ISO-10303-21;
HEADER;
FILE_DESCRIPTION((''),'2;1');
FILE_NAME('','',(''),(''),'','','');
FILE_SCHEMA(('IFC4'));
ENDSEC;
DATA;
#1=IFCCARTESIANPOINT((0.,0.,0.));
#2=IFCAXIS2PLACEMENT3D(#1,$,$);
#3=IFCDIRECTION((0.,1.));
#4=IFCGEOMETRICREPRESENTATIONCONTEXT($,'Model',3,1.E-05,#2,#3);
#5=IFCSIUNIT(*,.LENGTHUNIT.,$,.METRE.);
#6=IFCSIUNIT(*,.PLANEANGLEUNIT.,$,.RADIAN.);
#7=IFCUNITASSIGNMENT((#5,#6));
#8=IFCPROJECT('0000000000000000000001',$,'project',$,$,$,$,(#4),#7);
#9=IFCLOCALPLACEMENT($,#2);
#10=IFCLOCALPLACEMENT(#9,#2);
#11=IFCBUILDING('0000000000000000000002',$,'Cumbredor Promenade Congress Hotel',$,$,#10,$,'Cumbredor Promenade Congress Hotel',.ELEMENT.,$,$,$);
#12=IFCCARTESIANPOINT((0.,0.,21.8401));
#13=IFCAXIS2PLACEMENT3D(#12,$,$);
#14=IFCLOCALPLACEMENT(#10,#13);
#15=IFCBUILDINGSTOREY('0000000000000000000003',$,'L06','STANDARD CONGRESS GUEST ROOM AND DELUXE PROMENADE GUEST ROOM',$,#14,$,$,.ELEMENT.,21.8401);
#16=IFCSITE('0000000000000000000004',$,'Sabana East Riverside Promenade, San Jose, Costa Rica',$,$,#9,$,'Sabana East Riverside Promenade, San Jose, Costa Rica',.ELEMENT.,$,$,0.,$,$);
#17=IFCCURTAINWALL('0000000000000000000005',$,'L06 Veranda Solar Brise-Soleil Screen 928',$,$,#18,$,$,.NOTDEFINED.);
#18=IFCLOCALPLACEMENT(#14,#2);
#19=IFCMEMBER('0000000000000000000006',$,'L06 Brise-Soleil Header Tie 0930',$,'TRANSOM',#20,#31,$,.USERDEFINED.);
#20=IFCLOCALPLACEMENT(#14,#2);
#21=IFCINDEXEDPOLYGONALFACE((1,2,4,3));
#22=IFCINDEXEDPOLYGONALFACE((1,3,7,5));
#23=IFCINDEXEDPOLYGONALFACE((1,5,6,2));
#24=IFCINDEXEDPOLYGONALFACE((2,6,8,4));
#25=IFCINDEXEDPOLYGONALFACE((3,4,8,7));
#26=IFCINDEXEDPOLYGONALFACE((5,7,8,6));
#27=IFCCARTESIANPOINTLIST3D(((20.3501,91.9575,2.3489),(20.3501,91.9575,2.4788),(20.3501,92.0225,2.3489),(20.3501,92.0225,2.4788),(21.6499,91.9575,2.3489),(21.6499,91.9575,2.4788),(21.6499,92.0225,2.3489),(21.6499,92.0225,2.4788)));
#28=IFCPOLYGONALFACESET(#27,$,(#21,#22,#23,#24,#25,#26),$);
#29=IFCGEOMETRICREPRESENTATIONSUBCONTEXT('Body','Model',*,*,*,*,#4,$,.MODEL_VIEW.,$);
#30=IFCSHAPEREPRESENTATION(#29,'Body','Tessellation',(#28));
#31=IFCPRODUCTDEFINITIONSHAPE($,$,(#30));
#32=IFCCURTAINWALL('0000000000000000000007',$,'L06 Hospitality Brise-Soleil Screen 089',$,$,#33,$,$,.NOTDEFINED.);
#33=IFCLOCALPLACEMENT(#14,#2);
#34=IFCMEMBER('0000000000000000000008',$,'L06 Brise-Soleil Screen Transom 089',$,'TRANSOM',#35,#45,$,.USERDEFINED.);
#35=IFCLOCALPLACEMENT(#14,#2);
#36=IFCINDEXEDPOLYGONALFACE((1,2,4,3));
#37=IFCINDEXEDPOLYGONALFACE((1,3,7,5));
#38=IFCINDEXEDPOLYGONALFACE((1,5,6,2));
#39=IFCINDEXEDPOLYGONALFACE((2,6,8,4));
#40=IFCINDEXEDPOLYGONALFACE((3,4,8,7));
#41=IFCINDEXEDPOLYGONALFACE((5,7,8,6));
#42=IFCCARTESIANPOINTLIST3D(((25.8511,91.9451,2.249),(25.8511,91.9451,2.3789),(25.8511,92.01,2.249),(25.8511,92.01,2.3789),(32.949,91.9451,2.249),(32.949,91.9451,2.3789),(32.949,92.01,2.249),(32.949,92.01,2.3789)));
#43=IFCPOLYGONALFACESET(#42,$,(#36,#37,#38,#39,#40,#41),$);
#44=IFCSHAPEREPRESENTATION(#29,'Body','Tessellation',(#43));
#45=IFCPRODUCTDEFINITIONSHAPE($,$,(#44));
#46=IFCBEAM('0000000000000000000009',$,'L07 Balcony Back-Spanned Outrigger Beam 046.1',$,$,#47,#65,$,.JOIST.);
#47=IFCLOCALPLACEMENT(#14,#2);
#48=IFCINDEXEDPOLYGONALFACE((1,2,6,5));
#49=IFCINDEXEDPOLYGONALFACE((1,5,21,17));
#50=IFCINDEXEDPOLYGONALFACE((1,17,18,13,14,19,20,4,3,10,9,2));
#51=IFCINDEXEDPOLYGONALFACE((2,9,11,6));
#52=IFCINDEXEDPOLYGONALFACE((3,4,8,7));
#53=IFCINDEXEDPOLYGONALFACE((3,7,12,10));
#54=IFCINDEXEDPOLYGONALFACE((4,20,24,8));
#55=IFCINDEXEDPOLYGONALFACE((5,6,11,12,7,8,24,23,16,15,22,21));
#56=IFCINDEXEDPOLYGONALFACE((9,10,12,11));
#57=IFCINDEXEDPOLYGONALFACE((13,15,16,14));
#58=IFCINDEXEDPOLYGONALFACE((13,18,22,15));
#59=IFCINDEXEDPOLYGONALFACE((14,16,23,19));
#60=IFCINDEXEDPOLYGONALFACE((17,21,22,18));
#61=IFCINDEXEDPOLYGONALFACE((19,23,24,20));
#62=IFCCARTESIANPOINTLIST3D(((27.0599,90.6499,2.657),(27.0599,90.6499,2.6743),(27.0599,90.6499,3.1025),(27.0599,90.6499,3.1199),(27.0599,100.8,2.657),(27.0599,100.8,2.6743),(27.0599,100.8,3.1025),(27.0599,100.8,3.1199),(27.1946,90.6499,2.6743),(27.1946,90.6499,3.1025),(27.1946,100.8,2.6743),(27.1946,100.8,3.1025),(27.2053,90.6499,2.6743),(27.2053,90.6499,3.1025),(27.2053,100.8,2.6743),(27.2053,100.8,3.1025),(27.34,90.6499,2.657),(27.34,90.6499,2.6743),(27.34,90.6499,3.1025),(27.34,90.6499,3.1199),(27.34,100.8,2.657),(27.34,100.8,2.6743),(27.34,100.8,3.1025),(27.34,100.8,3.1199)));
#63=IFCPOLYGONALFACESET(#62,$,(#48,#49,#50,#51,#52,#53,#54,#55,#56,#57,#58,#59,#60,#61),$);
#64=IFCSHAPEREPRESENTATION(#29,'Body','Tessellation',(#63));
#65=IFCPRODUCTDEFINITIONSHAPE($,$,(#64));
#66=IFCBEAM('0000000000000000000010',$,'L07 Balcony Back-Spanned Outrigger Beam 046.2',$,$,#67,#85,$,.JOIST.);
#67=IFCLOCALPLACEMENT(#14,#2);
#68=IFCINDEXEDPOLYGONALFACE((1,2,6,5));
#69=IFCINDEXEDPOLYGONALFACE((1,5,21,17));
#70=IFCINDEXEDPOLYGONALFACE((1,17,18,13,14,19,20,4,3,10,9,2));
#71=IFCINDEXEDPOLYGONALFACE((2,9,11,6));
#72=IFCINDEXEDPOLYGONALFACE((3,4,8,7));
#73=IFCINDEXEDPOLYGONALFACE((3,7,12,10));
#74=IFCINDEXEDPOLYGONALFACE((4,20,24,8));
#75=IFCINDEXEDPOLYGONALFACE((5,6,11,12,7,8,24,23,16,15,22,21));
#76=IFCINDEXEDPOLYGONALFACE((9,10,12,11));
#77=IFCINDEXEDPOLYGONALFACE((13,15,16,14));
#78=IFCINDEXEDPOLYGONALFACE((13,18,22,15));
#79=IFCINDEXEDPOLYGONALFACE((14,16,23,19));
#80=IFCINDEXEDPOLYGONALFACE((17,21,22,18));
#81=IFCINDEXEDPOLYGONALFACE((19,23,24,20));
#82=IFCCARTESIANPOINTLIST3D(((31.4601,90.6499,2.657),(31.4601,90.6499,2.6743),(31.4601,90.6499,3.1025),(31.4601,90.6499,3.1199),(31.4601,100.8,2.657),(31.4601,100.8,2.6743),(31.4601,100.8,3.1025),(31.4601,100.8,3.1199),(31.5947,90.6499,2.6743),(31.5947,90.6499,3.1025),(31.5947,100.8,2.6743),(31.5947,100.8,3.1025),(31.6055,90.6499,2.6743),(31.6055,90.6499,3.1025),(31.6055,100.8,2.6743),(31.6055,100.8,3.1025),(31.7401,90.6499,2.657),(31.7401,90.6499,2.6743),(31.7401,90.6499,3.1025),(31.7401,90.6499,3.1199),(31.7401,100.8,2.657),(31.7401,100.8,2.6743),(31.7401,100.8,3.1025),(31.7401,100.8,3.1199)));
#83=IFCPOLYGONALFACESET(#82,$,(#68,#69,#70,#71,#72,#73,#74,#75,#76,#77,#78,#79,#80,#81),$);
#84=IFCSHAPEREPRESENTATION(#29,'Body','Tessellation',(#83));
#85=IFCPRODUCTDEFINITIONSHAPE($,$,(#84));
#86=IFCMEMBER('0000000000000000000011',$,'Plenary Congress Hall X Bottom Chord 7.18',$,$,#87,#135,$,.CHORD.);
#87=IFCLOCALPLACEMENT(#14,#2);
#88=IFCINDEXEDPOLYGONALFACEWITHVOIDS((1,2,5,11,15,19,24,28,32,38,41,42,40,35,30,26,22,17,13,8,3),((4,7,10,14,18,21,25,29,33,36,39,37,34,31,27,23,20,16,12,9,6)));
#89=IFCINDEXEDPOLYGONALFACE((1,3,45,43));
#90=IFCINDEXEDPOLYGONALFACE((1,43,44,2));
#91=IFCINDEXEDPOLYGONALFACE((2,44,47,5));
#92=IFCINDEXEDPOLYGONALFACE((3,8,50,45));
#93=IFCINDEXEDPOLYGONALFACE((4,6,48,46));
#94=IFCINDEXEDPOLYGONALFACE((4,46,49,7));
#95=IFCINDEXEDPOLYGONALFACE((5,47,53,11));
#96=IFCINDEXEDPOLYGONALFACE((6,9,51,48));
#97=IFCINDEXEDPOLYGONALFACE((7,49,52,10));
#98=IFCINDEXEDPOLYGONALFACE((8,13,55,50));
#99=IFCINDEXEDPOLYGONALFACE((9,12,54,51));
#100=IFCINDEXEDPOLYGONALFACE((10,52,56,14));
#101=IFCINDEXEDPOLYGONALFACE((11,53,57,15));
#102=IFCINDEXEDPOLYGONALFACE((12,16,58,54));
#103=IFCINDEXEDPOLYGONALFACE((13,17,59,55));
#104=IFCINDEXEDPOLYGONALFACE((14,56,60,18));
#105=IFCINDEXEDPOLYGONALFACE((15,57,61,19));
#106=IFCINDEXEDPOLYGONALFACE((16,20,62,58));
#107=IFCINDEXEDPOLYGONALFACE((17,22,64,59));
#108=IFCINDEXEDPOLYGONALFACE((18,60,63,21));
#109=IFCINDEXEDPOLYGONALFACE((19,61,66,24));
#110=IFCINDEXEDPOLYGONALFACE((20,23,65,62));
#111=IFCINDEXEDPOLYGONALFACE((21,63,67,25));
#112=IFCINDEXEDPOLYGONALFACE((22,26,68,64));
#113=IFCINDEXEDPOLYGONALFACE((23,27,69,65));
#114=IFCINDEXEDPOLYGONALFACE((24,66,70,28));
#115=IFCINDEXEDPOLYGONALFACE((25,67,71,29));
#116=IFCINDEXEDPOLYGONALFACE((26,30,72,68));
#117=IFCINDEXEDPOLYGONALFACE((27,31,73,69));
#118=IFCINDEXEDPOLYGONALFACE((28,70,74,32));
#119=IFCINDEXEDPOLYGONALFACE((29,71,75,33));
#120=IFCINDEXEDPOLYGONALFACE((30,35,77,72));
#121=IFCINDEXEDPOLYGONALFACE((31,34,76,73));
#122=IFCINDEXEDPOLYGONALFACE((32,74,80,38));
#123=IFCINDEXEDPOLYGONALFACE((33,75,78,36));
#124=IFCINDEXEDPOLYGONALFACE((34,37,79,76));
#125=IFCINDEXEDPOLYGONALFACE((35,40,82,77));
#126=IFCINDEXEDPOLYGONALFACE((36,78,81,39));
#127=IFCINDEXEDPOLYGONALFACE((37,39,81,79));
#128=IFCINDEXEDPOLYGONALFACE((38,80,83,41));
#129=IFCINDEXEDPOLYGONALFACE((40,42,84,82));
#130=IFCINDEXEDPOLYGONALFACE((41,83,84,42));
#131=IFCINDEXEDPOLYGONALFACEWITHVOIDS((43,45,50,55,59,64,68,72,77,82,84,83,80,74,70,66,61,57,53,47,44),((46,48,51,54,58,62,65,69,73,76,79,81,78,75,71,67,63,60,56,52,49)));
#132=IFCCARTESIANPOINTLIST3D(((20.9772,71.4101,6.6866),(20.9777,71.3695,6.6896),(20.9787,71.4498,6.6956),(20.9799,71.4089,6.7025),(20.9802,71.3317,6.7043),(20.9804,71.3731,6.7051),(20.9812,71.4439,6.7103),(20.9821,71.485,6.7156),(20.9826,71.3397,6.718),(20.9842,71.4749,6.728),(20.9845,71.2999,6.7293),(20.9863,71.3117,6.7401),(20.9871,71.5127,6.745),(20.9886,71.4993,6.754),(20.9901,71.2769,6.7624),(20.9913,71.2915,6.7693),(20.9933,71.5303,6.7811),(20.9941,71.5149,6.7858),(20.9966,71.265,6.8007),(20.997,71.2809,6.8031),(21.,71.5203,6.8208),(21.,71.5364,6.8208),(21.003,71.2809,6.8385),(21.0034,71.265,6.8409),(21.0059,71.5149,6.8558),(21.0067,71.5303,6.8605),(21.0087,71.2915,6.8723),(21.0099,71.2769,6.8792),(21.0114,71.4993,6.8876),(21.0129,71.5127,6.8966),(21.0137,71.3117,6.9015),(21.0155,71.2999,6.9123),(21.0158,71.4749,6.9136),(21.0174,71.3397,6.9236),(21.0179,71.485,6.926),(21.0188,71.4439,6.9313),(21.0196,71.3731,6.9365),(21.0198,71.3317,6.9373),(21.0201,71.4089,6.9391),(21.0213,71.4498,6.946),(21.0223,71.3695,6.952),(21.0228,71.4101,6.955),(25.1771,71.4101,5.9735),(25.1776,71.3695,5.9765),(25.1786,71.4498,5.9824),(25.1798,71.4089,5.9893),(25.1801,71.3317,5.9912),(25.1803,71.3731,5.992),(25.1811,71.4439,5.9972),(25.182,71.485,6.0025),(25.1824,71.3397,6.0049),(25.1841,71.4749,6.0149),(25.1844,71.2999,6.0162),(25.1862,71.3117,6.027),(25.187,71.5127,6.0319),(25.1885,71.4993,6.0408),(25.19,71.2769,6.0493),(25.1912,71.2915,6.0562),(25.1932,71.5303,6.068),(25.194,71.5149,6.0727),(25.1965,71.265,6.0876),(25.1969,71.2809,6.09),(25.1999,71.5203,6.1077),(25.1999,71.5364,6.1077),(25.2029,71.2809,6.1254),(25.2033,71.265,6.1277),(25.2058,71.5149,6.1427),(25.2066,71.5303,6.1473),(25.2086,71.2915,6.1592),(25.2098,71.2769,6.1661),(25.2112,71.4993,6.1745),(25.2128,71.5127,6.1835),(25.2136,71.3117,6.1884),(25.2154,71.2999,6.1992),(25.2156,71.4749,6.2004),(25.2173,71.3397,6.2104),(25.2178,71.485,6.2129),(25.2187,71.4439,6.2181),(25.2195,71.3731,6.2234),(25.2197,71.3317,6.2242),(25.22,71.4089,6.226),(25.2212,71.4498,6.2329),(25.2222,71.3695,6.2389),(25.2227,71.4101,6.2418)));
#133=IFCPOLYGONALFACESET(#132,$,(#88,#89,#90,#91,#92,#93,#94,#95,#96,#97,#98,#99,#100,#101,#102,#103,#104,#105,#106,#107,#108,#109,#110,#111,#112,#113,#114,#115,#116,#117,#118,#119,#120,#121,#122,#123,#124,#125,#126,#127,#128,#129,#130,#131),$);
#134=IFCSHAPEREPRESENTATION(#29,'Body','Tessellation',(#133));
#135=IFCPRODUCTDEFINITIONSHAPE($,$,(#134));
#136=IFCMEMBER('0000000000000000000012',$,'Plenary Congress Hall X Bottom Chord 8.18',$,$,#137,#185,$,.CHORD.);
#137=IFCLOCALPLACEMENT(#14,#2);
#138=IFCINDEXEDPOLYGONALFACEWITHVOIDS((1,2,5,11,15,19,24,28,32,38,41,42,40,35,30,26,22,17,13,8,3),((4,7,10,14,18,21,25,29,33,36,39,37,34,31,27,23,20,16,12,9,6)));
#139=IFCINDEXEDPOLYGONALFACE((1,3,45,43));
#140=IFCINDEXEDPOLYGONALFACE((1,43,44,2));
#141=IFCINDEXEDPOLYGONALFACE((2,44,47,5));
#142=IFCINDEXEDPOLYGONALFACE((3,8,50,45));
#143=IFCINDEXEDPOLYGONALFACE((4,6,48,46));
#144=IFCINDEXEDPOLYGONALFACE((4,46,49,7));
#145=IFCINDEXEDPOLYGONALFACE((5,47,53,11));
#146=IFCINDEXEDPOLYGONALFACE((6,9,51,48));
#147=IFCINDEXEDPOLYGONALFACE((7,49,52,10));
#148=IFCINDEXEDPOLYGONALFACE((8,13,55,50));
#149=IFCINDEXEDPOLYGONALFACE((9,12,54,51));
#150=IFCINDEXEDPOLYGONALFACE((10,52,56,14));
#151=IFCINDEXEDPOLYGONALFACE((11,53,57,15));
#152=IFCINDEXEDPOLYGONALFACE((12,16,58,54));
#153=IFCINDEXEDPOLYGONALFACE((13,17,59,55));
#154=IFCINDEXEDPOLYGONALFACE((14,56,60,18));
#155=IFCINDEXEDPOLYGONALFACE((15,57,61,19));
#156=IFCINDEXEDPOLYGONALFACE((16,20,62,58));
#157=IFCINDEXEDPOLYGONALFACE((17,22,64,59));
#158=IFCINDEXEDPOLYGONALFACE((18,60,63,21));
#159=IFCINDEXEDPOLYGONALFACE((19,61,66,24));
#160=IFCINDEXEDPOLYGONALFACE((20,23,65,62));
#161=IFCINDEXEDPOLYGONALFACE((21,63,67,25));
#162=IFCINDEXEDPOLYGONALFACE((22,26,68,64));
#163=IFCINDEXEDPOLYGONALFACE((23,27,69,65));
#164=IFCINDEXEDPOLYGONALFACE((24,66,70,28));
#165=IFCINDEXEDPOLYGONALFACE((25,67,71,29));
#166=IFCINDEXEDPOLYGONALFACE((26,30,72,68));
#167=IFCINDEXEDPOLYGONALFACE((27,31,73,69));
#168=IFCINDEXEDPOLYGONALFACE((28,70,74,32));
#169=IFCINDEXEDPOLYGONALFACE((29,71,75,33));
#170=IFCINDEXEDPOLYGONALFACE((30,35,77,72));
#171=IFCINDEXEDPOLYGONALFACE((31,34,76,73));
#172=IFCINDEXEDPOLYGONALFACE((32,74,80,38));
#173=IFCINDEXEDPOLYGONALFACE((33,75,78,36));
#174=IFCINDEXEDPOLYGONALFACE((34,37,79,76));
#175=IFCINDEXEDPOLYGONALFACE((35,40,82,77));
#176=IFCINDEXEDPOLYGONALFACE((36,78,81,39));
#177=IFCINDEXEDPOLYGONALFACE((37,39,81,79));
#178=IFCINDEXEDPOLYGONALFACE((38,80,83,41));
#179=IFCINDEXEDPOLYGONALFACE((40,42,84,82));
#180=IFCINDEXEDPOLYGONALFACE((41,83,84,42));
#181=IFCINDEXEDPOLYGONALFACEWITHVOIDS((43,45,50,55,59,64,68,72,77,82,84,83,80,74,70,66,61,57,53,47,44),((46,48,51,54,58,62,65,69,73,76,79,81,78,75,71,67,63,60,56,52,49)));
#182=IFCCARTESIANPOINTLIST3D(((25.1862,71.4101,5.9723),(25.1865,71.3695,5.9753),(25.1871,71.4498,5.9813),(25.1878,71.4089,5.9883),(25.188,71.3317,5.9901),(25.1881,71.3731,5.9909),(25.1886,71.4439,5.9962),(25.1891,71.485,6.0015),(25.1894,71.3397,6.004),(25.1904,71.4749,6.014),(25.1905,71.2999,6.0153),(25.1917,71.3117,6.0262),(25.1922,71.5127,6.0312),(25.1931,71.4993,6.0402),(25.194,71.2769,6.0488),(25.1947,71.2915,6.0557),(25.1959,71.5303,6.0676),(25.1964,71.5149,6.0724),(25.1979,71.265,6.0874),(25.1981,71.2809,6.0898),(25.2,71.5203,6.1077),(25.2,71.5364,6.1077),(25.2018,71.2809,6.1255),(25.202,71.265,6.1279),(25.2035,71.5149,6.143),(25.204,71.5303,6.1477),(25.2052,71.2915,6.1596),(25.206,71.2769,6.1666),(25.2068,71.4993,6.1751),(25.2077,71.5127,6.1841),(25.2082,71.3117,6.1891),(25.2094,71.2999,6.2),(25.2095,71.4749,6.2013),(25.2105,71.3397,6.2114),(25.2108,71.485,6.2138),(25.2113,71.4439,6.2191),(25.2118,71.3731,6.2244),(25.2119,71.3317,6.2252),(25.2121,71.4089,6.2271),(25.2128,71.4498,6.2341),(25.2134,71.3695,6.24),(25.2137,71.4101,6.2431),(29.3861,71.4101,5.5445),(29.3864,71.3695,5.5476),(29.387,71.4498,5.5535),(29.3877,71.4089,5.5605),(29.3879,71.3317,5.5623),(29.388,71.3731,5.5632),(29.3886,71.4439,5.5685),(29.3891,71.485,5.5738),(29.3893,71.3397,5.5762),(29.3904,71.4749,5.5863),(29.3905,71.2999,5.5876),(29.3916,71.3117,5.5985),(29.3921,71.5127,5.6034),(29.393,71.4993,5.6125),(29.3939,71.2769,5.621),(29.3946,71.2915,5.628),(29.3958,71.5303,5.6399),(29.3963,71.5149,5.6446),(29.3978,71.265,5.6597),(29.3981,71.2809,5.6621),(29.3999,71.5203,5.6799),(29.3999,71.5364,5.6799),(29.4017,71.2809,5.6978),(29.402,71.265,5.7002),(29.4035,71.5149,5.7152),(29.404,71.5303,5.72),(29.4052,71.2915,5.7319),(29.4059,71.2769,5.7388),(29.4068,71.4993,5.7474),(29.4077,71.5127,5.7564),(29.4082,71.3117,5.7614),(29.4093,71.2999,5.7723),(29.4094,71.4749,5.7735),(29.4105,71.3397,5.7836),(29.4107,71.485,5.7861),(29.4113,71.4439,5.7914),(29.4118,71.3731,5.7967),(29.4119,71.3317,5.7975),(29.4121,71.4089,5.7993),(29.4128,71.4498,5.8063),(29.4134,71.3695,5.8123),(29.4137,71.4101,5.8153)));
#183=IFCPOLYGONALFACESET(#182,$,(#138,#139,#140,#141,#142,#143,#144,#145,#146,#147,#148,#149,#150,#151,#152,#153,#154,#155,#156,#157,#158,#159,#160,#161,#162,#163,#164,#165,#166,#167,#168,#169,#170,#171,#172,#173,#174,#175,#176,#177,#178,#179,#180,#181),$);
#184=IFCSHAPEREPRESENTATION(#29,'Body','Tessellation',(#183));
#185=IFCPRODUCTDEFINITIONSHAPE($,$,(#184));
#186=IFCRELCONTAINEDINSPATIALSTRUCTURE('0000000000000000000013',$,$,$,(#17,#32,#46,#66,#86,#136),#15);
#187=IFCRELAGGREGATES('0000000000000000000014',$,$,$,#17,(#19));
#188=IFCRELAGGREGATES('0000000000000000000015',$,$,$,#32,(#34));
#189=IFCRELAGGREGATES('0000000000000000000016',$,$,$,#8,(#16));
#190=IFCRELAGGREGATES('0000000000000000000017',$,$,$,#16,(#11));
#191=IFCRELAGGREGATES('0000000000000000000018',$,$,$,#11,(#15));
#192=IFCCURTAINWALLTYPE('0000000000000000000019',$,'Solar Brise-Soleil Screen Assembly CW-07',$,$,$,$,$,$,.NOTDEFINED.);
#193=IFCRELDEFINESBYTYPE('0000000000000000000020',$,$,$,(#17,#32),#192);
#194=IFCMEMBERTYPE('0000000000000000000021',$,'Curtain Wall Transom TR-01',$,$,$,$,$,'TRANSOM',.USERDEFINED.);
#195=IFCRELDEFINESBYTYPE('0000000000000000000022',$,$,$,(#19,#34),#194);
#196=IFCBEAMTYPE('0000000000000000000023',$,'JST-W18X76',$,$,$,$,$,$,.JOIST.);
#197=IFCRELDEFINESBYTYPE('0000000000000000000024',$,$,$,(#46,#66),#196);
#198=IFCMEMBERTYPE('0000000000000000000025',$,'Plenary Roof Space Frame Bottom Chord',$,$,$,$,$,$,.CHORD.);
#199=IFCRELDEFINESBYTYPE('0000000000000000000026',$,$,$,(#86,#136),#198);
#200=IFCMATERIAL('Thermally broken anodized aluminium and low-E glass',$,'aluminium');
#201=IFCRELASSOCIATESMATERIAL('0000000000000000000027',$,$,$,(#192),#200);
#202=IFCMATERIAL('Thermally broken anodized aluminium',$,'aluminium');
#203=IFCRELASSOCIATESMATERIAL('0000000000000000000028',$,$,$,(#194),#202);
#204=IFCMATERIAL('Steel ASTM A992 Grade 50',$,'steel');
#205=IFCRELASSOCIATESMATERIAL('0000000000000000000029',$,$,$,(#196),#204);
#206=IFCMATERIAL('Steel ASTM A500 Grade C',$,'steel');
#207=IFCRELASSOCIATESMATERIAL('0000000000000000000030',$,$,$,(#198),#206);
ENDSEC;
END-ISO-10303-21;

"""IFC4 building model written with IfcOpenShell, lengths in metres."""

from ifc_helpers import new_model, si_unit, direction, frame, origin, origin_2d, place, context, subcontext, project, spatial, rectangle, hollow_circle, i_section, extrude, material, material_profile, profile_set, type_object, element, aggregate, save


model = new_model("IFC4")

# Units and contexts
model_context = context("Model", 3, precision=1e-05, world=origin(), true_north=direction((0.0, 1.0)))
body_context = subcontext(model_context, "Body", "Model", "MODEL_VIEW")
ifc_project = project(units=[si_unit("LENGTHUNIT", "METRE"), si_unit("PLANEANGLEUNIT", "RADIAN")], contexts=[model_context])

# Site, building, storey
site_placement = place(None, origin())
site = spatial("IfcSite", under=ifc_project, at=site_placement, Name="Sabana East Riverside Promenade, San Jose, Costa Rica", LongName="Sabana East Riverside Promenade, San Jose, Costa Rica", CompositionType="ELEMENT", RefElevation=0.0)
building_placement = place(site_placement, origin())
building = spatial("IfcBuilding", under=site, at=building_placement, Name="Cumbredor Promenade Congress Hotel", LongName="Cumbredor Promenade Congress Hotel", CompositionType="ELEMENT")
storey_placement = place(building_placement, frame((0.0, 0.0, 21.8401)))
storey = spatial("IfcBuildingStorey", under=building, at=storey_placement, Name="L06", Description="STANDARD CONGRESS GUEST ROOM AND DELUXE PROMENADE GUEST ROOM", CompositionType="ELEMENT", Elevation=21.8401)

# Curtain walls, members
ifc_material_1 = material(Name="Thermally broken anodized aluminium and low-E glass", Category="aluminium")
curtain_wall_type = type_object("IfcCurtainWallType", Name="Solar Brise-Soleil Screen Assembly CW-07", PredefinedType="NOTDEFINED", material=ifc_material_1)
curtain_wall_1_placement = place(storey_placement, origin())
curtain_wall_1 = element("IfcCurtainWall", 1, at=curtain_wall_1_placement, inside=storey, type_object=curtain_wall_type, Name="L06 Veranda Solar Brise-Soleil Screen 928", PredefinedType="NOTDEFINED")
ifc_material_2 = material(Name="Thermally broken anodized aluminium", Category="aluminium")
ifc_material_profile_1 = material_profile(ifc_material_2, rectangle(XDim=0.0649, YDim=0.1299, at=origin_2d()), Name="ALU TRANSOM 65x130")
ifc_profile_set_1 = profile_set([ifc_material_profile_1], Name="Thermally broken anodized aluminium")
member_type_1 = type_object("IfcMemberType", Name="Curtain Wall Transom TR-01", ElementType="TRANSOM", PredefinedType="USERDEFINED", material=ifc_profile_set_1)
member_1_placement = place(storey_placement, frame((20.3501, 91.99, 2.4138), z_axis=(1.0, 0.0, 0.0), x_axis=(0.0, 1.0, 0.0)))
member_1 = element("IfcMember", 2, at=member_1_placement, type_object=member_type_1, Name="L06 Brise-Soleil Header Tie 0930", ObjectType="TRANSOM", PredefinedType="USERDEFINED", context=body_context, shape_type="SweptSolid", body=[
    extrude(rectangle(XDim=0.0649, YDim=0.1299, at=origin_2d()), origin(), (0.0, 0.0, 1.0), 1.2998),
])
curtain_wall_2_placement = place(storey_placement, origin())
curtain_wall_2 = element("IfcCurtainWall", 3, at=curtain_wall_2_placement, inside=storey, type_object=curtain_wall_type, Name="L06 Hospitality Brise-Soleil Screen 089", PredefinedType="NOTDEFINED")
member_2_placement = place(storey_placement, frame((25.8511, 91.9775, 2.314), z_axis=(1.0, 0.0, 0.0), x_axis=(0.0, 1.0, 0.0)))
member_2 = element("IfcMember", 4, at=member_2_placement, type_object=member_type_1, Name="L06 Brise-Soleil Screen Transom 089", ObjectType="TRANSOM", PredefinedType="USERDEFINED", context=body_context, shape_type="SweptSolid", body=[
    extrude(rectangle(XDim=0.0649, YDim=0.1299, at=origin_2d()), origin(), (0.0, 0.0, 1.0), 7.0979),
])

# Beams
ifc_material_3 = material(Name="Steel ASTM A992 Grade 50", Category="steel")
ifc_material_profile_2 = material_profile(ifc_material_3, i_section(OverallWidth=0.28, OverallDepth=0.4629, WebThickness=0.0107, FlangeThickness=0.0173, at=origin_2d()), Name="W18X76")
ifc_profile_set_2 = profile_set([ifc_material_profile_2], Name="Steel ASTM A992 Grade 50")
beam_type = type_object("IfcBeamType", Name="JST-W18X76", PredefinedType="JOIST", material=ifc_profile_set_2)
for number, where, z_axis, x_axis, name in (
    (5, (27.2, 90.6499, 2.8884), (0.0, 1.0, 0.0), (-1.0, 0.0, 0.0), "L07 Balcony Back-Spanned Outrigger Beam 046.1"),
    (6, (31.6001, 90.6499, 2.8884), (0.0, 1.0, 0.0), (-1.0, 0.0, 0.0), "L07 Balcony Back-Spanned Outrigger Beam 046.2"),
):
    element("IfcBeam", number, at=place(storey_placement, frame(where, z_axis=z_axis, x_axis=x_axis)), inside=storey, type_object=beam_type, Name=name, PredefinedType="JOIST", context=body_context, shape_type="SweptSolid", body=[
        extrude(i_section(OverallWidth=0.28, OverallDepth=0.4629, WebThickness=0.0107, FlangeThickness=0.0173, at=origin_2d()), origin(), (0.0, 0.0, 1.0), 10.1501),
    ])

# Members
ifc_material_4 = material(Name="Steel ASTM A500 Grade C", Category="steel")
ifc_material_profile_3 = material_profile(ifc_material_4, hollow_circle(Radius=0.1365, WallThickness=0.0161, at=origin_2d()), Name="CHS 273.0x16")
ifc_profile_set_3 = profile_set([ifc_material_profile_3], Name="Steel ASTM A500 Grade C")
member_type_2 = type_object("IfcMemberType", Name="Plenary Roof Space Frame Bottom Chord", PredefinedType="CHORD", material=ifc_profile_set_3)
member_3_placement = place(storey_placement, frame((21.0, 71.3999, 6.8208), z_axis=(0.985889, 0.0, -0.1674), x_axis=(0.0, 1.0, 0.0)))
element("IfcMember", 7, at=member_3_placement, inside=storey, type_object=member_type_2, Name="Plenary Congress Hall X Bottom Chord 7.18", PredefinedType="CHORD", context=body_context, shape_type="SweptSolid", body=[
    extrude(hollow_circle(Radius=0.1365, WallThickness=0.0161, at=origin_2d()), origin(), (0.0, 0.0, 1.0), 4.26),
])
member_4_placement = place(storey_placement, frame((25.2, 71.3999, 6.1077), z_axis=(0.994854, 0.0, -0.101319), x_axis=(0.0, 1.0, 0.0)))
element("IfcMember", 8, at=member_4_placement, inside=storey, type_object=member_type_2, Name="Plenary Congress Hall X Bottom Chord 8.18", PredefinedType="CHORD", context=body_context, shape_type="SweptSolid", body=[
    extrude(hollow_circle(Radius=0.1365, WallThickness=0.0161, at=origin_2d()), origin(), (0.0, 0.0, 1.0), 4.2217),
])

aggregate(curtain_wall_1, [member_1])

aggregate(curtain_wall_2, [member_2])

save(model, "model.ifc")
